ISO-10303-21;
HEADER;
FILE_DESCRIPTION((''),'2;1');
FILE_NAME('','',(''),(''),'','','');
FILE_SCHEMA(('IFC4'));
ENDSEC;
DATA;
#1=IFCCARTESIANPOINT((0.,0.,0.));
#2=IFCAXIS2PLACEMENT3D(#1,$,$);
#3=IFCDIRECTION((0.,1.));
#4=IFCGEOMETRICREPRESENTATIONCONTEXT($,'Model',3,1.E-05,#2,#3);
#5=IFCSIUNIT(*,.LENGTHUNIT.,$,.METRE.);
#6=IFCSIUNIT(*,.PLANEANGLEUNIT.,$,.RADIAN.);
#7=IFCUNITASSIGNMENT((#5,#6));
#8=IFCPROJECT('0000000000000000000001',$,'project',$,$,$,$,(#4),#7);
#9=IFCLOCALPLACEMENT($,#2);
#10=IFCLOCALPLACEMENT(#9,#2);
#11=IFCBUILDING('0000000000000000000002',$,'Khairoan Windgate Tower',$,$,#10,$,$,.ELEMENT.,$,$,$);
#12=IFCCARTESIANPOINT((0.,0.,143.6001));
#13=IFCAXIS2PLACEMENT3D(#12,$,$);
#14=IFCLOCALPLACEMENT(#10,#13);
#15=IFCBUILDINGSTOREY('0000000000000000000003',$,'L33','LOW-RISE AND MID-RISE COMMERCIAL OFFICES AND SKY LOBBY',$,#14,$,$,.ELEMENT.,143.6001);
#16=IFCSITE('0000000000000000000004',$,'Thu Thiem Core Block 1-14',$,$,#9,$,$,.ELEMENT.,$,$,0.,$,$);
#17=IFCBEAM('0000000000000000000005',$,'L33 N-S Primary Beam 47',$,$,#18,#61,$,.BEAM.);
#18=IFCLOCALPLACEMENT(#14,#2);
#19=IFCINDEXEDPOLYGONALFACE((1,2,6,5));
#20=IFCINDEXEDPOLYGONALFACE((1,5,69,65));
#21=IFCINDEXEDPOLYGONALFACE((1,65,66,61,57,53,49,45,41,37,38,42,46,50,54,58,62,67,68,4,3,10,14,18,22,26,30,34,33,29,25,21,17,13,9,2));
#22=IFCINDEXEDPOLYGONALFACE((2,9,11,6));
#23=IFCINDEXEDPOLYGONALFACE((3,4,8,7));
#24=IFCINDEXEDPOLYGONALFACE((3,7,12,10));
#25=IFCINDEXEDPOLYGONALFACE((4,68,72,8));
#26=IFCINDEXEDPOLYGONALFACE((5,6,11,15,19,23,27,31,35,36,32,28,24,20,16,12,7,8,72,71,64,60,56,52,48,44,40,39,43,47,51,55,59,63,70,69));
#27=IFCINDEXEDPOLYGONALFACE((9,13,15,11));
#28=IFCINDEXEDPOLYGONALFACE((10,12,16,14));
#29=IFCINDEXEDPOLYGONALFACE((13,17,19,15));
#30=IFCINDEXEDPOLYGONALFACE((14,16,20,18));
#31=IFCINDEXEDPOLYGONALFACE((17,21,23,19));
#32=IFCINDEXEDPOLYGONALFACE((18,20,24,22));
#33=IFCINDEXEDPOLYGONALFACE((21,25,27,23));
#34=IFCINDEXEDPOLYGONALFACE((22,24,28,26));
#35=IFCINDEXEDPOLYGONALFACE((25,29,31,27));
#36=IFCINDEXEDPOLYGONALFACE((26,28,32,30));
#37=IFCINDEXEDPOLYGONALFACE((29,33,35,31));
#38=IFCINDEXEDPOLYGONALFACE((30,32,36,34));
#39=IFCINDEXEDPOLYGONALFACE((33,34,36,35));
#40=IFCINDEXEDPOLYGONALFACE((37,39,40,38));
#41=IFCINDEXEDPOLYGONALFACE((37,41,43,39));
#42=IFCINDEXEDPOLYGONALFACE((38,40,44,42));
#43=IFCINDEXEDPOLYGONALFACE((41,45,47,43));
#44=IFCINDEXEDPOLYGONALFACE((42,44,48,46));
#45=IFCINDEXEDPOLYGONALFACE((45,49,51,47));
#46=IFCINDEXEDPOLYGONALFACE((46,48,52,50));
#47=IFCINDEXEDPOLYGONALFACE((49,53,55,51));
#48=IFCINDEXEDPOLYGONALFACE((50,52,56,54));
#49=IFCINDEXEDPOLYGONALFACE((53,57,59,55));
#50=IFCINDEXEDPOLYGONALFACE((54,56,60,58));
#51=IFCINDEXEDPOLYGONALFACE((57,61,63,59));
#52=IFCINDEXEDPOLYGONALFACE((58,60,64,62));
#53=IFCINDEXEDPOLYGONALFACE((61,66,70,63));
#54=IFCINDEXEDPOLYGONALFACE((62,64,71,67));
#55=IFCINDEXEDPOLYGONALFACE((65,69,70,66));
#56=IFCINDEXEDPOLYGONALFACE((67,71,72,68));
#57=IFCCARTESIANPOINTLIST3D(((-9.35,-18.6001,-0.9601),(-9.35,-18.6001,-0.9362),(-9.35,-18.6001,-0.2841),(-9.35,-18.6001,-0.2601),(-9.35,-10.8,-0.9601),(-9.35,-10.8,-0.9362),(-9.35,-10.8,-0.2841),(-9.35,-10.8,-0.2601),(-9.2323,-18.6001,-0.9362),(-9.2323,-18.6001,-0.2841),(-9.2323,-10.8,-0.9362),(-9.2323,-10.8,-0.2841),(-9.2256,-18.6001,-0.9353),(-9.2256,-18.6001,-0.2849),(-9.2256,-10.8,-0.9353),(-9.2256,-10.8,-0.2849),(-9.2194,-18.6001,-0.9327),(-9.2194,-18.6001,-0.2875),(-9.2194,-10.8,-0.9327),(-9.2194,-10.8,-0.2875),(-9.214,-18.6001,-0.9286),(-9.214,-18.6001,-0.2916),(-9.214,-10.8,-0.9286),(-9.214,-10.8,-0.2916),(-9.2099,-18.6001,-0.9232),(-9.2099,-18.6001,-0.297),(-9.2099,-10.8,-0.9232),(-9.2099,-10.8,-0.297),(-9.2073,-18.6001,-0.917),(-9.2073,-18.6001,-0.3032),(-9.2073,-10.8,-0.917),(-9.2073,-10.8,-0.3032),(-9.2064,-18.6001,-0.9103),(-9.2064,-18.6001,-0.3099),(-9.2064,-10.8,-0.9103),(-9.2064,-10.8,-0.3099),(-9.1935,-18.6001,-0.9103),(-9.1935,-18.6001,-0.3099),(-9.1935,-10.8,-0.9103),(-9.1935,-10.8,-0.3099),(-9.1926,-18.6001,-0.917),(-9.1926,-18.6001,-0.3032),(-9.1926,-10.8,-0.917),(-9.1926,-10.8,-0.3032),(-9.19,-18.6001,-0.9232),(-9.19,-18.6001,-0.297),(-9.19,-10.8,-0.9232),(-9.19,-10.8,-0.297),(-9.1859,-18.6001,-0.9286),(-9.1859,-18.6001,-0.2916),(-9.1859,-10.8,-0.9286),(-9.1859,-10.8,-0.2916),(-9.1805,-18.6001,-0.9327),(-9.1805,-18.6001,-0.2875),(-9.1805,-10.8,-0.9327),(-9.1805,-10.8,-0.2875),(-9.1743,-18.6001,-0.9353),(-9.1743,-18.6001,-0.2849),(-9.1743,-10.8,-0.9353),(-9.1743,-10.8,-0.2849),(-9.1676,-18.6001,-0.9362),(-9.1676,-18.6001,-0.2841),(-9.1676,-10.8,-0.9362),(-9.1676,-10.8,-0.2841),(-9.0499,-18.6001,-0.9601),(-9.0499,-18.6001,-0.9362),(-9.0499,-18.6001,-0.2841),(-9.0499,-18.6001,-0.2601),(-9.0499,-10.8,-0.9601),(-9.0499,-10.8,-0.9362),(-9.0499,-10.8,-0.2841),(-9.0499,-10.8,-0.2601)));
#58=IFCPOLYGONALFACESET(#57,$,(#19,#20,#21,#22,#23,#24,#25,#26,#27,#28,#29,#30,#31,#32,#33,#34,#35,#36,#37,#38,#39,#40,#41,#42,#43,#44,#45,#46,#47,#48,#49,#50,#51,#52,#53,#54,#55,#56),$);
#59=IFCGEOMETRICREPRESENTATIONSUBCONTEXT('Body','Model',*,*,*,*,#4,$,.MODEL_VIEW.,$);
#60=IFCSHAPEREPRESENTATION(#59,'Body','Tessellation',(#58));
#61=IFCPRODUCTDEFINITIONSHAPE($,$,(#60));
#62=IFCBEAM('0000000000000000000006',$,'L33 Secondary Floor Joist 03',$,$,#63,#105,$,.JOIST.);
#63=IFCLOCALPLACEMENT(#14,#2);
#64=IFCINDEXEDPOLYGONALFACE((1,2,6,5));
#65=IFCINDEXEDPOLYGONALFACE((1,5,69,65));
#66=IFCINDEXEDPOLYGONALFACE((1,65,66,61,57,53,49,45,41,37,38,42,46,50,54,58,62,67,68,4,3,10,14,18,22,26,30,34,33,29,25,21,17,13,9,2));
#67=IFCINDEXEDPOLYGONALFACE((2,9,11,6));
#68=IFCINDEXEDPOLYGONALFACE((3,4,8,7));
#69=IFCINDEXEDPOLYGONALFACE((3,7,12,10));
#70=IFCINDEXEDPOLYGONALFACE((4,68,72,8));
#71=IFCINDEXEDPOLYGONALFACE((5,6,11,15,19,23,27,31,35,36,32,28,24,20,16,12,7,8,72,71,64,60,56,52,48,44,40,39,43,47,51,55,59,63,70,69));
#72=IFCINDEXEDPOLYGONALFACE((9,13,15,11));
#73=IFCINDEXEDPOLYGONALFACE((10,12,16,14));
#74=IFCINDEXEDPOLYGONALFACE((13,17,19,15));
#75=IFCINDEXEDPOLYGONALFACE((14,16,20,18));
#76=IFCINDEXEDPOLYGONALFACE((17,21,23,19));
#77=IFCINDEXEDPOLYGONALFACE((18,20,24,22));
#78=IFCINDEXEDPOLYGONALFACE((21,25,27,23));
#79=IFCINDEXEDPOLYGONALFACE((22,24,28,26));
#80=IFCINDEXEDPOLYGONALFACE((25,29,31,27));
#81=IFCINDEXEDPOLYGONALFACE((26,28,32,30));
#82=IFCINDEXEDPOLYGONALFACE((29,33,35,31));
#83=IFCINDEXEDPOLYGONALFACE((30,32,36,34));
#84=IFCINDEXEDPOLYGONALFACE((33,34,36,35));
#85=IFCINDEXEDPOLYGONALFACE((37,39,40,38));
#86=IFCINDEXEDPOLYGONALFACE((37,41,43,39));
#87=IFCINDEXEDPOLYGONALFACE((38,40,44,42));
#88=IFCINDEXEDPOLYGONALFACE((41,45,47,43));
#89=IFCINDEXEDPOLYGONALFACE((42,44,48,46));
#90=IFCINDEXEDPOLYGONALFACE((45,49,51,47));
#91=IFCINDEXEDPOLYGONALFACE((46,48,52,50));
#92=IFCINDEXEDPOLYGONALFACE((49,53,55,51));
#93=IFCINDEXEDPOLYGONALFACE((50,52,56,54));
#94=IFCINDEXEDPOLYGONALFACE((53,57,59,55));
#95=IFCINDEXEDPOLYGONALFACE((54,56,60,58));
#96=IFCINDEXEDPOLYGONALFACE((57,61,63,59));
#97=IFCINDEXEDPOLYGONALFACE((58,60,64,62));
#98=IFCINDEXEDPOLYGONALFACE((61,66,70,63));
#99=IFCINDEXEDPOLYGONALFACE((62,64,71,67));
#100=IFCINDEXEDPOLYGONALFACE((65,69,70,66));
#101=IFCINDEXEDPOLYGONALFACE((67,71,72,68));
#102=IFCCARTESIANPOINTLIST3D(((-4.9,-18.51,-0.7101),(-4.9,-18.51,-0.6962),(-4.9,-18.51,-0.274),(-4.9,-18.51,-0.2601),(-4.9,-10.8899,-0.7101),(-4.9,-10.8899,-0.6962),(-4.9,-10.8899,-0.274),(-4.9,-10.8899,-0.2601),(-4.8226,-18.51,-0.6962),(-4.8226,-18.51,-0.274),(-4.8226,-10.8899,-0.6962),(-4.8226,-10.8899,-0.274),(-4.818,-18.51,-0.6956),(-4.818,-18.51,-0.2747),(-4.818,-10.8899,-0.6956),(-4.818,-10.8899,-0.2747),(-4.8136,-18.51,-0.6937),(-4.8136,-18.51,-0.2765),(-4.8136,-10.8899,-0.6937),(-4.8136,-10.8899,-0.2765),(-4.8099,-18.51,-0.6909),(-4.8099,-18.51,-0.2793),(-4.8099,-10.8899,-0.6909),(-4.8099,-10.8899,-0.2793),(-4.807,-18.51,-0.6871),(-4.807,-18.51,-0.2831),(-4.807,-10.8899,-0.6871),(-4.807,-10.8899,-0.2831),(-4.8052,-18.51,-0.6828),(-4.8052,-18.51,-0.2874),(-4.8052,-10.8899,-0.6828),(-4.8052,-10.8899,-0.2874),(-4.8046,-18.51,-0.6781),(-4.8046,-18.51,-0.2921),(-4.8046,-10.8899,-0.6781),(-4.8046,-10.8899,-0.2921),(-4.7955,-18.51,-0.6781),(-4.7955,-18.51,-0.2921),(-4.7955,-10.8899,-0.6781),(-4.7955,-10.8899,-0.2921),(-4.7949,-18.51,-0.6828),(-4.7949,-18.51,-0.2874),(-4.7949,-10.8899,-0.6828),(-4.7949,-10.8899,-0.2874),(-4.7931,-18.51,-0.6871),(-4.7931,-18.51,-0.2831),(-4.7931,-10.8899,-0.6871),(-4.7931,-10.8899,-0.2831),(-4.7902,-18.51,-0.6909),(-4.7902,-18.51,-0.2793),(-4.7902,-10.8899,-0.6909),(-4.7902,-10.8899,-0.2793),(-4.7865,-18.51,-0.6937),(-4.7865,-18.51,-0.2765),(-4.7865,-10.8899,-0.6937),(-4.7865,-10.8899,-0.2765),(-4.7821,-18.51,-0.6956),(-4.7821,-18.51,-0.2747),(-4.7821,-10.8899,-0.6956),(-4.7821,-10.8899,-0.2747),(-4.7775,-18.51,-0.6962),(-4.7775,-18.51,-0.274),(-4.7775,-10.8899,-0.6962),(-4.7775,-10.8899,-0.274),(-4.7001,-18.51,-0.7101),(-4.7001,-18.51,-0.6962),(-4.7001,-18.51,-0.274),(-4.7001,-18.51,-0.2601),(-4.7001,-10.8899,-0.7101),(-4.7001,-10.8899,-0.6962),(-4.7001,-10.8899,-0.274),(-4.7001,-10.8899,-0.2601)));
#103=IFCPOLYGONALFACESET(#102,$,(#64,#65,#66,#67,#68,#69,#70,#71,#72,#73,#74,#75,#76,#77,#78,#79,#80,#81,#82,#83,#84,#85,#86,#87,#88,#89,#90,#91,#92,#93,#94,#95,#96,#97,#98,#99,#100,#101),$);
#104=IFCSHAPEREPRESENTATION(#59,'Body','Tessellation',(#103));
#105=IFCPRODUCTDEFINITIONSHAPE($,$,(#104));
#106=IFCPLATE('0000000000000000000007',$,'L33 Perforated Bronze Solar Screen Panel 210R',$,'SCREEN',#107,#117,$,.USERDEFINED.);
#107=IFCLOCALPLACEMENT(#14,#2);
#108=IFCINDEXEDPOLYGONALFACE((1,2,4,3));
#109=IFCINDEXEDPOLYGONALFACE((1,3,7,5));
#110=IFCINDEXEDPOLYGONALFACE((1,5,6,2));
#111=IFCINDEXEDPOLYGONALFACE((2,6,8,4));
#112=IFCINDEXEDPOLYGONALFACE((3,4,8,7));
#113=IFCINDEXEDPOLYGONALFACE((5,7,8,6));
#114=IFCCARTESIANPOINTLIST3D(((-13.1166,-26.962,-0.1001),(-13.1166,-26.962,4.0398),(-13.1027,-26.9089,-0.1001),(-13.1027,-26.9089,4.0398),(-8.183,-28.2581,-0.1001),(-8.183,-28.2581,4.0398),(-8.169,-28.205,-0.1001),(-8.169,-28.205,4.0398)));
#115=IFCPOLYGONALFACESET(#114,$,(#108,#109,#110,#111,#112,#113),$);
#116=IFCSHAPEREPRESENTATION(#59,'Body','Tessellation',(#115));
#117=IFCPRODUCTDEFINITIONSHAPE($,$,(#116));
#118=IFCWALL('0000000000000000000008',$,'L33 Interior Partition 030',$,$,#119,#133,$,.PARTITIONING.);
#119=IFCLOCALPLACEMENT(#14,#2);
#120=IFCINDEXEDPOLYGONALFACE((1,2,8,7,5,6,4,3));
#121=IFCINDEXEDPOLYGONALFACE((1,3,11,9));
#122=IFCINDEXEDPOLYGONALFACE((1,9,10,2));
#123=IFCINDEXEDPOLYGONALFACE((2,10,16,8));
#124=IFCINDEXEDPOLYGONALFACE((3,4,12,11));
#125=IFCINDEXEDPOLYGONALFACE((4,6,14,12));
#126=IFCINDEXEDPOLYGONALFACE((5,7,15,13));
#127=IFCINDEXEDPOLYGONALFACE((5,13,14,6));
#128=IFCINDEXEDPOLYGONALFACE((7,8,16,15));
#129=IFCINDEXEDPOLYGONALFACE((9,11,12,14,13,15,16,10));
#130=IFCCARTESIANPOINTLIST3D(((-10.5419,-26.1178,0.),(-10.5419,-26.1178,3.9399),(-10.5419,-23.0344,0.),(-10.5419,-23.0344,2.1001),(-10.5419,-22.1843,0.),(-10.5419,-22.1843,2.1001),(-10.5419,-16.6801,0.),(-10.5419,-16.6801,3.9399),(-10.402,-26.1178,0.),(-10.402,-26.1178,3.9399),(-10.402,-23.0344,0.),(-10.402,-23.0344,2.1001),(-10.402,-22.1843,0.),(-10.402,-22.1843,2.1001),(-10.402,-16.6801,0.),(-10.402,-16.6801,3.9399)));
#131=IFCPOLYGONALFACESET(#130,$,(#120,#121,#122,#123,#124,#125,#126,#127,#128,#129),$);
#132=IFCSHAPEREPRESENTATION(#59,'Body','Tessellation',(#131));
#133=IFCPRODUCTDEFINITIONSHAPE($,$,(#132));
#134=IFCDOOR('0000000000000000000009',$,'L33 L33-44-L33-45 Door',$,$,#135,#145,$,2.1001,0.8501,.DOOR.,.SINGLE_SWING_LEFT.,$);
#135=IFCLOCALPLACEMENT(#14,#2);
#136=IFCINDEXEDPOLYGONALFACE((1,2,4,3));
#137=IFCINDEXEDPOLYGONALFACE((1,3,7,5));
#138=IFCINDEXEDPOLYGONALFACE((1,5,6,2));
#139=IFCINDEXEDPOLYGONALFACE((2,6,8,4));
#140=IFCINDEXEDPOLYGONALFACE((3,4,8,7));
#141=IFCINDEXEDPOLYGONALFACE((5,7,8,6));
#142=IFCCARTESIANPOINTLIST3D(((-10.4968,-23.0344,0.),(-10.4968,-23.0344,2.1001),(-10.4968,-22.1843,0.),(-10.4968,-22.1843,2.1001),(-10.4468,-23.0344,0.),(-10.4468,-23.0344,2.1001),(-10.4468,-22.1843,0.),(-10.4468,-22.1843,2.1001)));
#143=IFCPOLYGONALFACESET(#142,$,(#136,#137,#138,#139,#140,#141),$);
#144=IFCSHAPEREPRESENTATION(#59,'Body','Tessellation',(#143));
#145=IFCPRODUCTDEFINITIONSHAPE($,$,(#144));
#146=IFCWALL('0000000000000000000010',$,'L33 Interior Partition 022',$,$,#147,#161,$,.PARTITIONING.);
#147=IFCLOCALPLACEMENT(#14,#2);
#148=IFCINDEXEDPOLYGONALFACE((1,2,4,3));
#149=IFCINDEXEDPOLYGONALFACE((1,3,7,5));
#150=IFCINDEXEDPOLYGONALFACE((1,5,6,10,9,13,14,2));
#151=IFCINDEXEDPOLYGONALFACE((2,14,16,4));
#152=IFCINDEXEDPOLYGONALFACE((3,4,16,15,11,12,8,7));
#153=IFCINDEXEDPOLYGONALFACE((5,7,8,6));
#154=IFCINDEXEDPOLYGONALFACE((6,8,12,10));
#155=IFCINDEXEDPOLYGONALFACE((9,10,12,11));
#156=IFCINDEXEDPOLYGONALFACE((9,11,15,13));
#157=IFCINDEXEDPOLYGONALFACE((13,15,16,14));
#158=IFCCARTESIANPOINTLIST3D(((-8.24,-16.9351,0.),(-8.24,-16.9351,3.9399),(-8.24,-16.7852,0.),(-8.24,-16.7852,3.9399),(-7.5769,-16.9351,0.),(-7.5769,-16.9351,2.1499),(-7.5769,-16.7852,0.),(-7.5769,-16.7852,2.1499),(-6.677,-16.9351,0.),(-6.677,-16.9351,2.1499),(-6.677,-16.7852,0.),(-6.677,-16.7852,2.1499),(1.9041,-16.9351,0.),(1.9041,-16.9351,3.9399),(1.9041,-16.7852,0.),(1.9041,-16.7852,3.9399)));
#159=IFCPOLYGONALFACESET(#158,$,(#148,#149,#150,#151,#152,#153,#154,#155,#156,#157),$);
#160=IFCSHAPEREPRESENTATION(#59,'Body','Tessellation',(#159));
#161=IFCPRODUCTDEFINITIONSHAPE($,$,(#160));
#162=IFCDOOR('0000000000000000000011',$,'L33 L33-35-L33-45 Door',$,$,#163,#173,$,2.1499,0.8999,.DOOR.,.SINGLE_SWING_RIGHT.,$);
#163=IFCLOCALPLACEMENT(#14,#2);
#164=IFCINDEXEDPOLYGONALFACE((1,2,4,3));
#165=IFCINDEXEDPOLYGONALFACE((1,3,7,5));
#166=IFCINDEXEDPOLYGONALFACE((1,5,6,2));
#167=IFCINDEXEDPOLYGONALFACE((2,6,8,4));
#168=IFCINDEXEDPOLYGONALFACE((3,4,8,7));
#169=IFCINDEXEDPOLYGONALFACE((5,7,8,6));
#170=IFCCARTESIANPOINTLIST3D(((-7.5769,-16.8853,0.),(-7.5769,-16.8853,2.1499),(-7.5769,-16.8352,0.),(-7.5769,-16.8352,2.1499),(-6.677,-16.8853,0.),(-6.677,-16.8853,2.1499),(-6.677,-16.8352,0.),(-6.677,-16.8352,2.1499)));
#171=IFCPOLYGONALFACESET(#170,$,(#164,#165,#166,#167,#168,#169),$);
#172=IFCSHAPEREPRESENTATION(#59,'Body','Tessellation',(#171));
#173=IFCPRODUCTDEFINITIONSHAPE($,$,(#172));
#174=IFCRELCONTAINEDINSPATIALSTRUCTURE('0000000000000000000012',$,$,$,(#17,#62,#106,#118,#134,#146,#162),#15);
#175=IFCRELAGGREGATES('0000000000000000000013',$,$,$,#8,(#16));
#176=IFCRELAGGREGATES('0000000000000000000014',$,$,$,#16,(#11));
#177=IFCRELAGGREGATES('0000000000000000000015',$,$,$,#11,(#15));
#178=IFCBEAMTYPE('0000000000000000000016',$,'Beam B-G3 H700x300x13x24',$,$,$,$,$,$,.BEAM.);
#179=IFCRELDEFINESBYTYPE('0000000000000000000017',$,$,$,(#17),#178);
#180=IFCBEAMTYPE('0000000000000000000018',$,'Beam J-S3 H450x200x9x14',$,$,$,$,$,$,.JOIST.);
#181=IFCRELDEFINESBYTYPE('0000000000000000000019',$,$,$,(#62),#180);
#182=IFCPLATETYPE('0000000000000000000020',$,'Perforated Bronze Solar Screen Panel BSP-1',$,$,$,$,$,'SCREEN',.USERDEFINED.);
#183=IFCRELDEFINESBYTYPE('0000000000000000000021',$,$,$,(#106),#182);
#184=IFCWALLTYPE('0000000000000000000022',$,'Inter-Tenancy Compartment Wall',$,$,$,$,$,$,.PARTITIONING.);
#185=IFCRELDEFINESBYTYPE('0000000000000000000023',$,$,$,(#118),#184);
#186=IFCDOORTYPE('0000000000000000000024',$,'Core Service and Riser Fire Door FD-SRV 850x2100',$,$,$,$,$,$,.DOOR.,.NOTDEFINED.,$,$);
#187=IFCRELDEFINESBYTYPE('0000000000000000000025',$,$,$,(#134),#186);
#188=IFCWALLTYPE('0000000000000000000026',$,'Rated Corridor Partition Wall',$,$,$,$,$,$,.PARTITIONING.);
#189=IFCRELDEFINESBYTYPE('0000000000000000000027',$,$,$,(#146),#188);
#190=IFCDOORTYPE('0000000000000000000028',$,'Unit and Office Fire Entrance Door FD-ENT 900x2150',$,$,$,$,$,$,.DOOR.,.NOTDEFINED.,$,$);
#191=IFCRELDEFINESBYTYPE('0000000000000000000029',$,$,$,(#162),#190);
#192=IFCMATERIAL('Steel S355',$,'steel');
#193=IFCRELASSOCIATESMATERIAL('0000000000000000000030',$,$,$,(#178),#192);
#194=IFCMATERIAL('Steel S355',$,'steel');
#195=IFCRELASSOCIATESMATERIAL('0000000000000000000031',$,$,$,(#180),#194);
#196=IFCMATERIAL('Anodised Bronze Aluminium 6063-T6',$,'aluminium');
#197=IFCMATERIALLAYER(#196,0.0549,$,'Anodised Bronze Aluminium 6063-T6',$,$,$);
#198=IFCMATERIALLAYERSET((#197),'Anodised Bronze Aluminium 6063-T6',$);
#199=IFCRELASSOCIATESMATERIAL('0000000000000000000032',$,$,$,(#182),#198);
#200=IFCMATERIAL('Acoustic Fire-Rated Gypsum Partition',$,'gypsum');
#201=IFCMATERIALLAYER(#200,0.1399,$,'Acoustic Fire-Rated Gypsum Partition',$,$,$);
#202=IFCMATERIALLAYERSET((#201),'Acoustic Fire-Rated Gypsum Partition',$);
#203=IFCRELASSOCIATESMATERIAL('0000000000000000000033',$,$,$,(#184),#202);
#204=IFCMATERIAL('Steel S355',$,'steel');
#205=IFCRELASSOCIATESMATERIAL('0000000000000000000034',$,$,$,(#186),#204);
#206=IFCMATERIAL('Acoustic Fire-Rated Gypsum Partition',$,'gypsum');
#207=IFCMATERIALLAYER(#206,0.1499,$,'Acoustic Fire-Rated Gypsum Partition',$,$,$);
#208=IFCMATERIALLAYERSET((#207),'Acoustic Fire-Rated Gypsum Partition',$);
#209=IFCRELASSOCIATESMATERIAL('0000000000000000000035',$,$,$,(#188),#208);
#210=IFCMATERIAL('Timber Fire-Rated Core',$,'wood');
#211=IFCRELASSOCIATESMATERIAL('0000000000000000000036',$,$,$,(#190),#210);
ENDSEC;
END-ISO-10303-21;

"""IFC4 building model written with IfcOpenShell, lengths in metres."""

from ifc_helpers import new_model, si_unit, direction, frame, frame_2d, origin, origin_2d, place, context, subcontext, project, spatial, rectangle, i_section, extrude, material, layer, layer_set, material_profile, profile_set, type_object, element, fill, save


model = new_model("IFC4")

# Units and contexts
model_context = context("Model", 3, precision=1e-05, world=origin(), true_north=direction((0.0, 1.0)))
body_context = subcontext(model_context, "Body", "Model", "MODEL_VIEW")
ifc_project = project(units=[si_unit("LENGTHUNIT", "METRE"), si_unit("PLANEANGLEUNIT", "RADIAN")], contexts=[model_context])

# Site, building, storey
site_placement = place(None, origin())
site = spatial("IfcSite", under=ifc_project, at=site_placement, Name="Thu Thiem Core Block 1-14", CompositionType="ELEMENT", RefElevation=0.0)
building_placement = place(site_placement, origin())
building = spatial("IfcBuilding", under=site, at=building_placement, Name="Khairoan Windgate Tower", CompositionType="ELEMENT")
storey_placement = place(building_placement, frame((0.0, 0.0, 143.6001)))
storey = spatial("IfcBuildingStorey", under=building, at=storey_placement, Name="L33", Description="LOW-RISE AND MID-RISE COMMERCIAL OFFICES AND SKY LOBBY", CompositionType="ELEMENT", Elevation=143.6001)

# Beams
ifc_material_1 = material(Name="Steel S355", Category="steel")
ifc_material_profile_1 = material_profile(ifc_material_1, i_section(OverallWidth=0.3, OverallDepth=0.7, WebThickness=0.0129, FlangeThickness=0.0239, FilletRadius=0.0259, at=origin_2d()))
ifc_profile_set_1 = profile_set([ifc_material_profile_1], Name="Steel S355")
beam_type_1 = type_object("IfcBeamType", Name="Beam B-G3 H700x300x13x24", PredefinedType="BEAM", material=ifc_profile_set_1)
beam_1_placement = place(storey_placement, frame((-9.2, -18.6001, -0.6101), z_axis=(0.0, 1.0, 0.0), x_axis=(-1.0, 0.0, 0.0)))
element("IfcBeam", 1, at=beam_1_placement, inside=storey, type_object=beam_type_1, Name="L33 N-S Primary Beam 47", PredefinedType="BEAM", context=body_context, shape_type="SweptSolid", body=[
    extrude(i_section(OverallWidth=0.3, OverallDepth=0.7, WebThickness=0.0129, FlangeThickness=0.0239, FilletRadius=0.0259, at=origin_2d()), origin(), (0.0, 0.0, 1.0), 7.8),
])
ifc_material_2 = material(Name="Steel S355", Category="steel")
ifc_material_profile_2 = material_profile(ifc_material_2, i_section(OverallWidth=0.2, OverallDepth=0.45, WebThickness=0.009, FlangeThickness=0.0139, FilletRadius=0.0181, at=origin_2d()))
ifc_profile_set_2 = profile_set([ifc_material_profile_2], Name="Steel S355")
beam_type_2 = type_object("IfcBeamType", Name="Beam J-S3 H450x200x9x14", PredefinedType="JOIST", material=ifc_profile_set_2)
beam_2_placement = place(storey_placement, frame((-4.8, -18.51, -0.4851), z_axis=(0.0, 1.0, 0.0), x_axis=(-1.0, 0.0, 0.0)))
element("IfcBeam", 2, at=beam_2_placement, inside=storey, type_object=beam_type_2, Name="L33 Secondary Floor Joist 03", PredefinedType="JOIST", context=body_context, shape_type="SweptSolid", body=[
    extrude(i_section(OverallWidth=0.2, OverallDepth=0.45, WebThickness=0.009, FlangeThickness=0.0139, FilletRadius=0.0181, at=origin_2d()), origin(), (0.0, 0.0, 1.0), 7.6201),
])

# Plate
ifc_material_3 = material(Name="Anodised Bronze Aluminium 6063-T6", Category="aluminium")
ifc_layer_1 = layer(ifc_material_3, 0.0549, Name="Anodised Bronze Aluminium 6063-T6")
ifc_layer_set_1 = layer_set([ifc_layer_1], Name="Anodised Bronze Aluminium 6063-T6")
plate_type = type_object("IfcPlateType", Name="Perforated Bronze Solar Screen Panel BSP-1", ElementType="SCREEN", PredefinedType="USERDEFINED", material=ifc_layer_set_1)
plate_placement = place(storey_placement, frame((-10.6428, -27.5835, -0.1001), z_axis=(0.0, 0.0, 1.0), x_axis=(-0.967179, 0.254096, 0.0)))
element("IfcPlate", 3, at=plate_placement, inside=storey, type_object=plate_type, Name="L33 Perforated Bronze Solar Screen Panel 210R", ObjectType="SCREEN", PredefinedType="USERDEFINED", context=body_context, shape_type="SweptSolid", body=[
    extrude(rectangle(XDim=5.1011, YDim=0.0549, at=origin_2d()), origin(), (0.0, 0.0, 1.0), 4.1399),
])

# Walls, openings, doors
ifc_material_4 = material(Name="Acoustic Fire-Rated Gypsum Partition", Category="gypsum")
ifc_layer_2 = layer(ifc_material_4, 0.1399, Name="Acoustic Fire-Rated Gypsum Partition")
ifc_layer_set_2 = layer_set([ifc_layer_2], Name="Acoustic Fire-Rated Gypsum Partition")
wall_type_1 = type_object("IfcWallType", Name="Inter-Tenancy Compartment Wall", PredefinedType="PARTITIONING", material=ifc_layer_set_2)
wall_1_placement = place(storey_placement, frame((-10.4719, -26.1177, 0.0), z_axis=(0.0, 0.0, 1.0), x_axis=(0.0, 1.0, 0.0)))
wall_1 = element("IfcWall", 4, at=wall_1_placement, inside=storey, type_object=wall_type_1, Name="L33 Interior Partition 030", PredefinedType="PARTITIONING", context=body_context, shape_type="SweptSolid", body=[
    extrude(rectangle(XDim=9.4377, YDim=0.1399, at=frame_2d((4.7188, 0.0))), origin(), (0.0, 0.0, 1.0), 3.9399),
])
opening_1_placement = place(wall_1_placement, frame((3.0833, 0.0, 0.0)))
opening_1 = element("IfcOpeningElement", 5, at=opening_1_placement, cuts=wall_1, PredefinedType="OPENING", context=body_context, shape_type="SweptSolid", body=[
    extrude(rectangle(XDim=0.8501, YDim=2.1001, at=frame_2d((0.425, 1.05))), frame((0.0, 0.0798, 0.0), z_axis=(0.0, -1.0, 0.0), x_axis=(1.0, 0.0, 0.0)), (0.0, 0.0, 1.0), 0.1599),
])
ifc_material_5 = material(Name="Steel S355", Category="steel")
door_type_1 = type_object("IfcDoorType", Name="Core Service and Riser Fire Door FD-SRV 850x2100", OperationType="NOTDEFINED", PredefinedType="DOOR", material=ifc_material_5)
door_1_placement = place(opening_1_placement, origin())
door_1 = element("IfcDoor", 6, at=door_1_placement, inside=storey, type_object=door_type_1, Name="L33 L33-44-L33-45 Door", OperationType="SINGLE_SWING_LEFT", OverallHeight=2.1001, OverallWidth=0.8501, PredefinedType="DOOR", context=body_context, shape_type="SweptSolid", body=[
    extrude(rectangle(XDim=0.8501, YDim=2.1001, at=frame_2d((0.425, 1.05))), frame((0.0, 0.0249, 0.0), z_axis=(0.0, -1.0, 0.0), x_axis=(1.0, 0.0, 0.0)), (0.0, 0.0, 1.0), 0.05),
])
fill(opening_1, door_1)
ifc_material_6 = material(Name="Acoustic Fire-Rated Gypsum Partition", Category="gypsum")
ifc_layer_3 = layer(ifc_material_6, 0.1499, Name="Acoustic Fire-Rated Gypsum Partition")
ifc_layer_set_3 = layer_set([ifc_layer_3], Name="Acoustic Fire-Rated Gypsum Partition")
wall_type_2 = type_object("IfcWallType", Name="Rated Corridor Partition Wall", PredefinedType="PARTITIONING", material=ifc_layer_set_3)
wall_2_placement = place(storey_placement, frame((-8.24, -16.8601, 0.0), z_axis=(0.0, 0.0, 1.0), x_axis=(1.0, 0.0, 0.0)))
wall_2 = element("IfcWall", 7, at=wall_2_placement, inside=storey, type_object=wall_type_2, Name="L33 Interior Partition 022", PredefinedType="PARTITIONING", context=body_context, shape_type="SweptSolid", body=[
    extrude(rectangle(XDim=10.144, YDim=0.1499, at=frame_2d((5.072, 0.0))), origin(), (0.0, 0.0, 1.0), 3.9399),
])
opening_2_placement = place(wall_2_placement, frame((0.6631, 0.0, 0.0)))
opening_2 = element("IfcOpeningElement", 8, at=opening_2_placement, cuts=wall_2, PredefinedType="OPENING", context=body_context, shape_type="SweptSolid", body=[
    extrude(rectangle(XDim=0.8999, YDim=2.1499, at=frame_2d((0.45, 1.075))), frame((0.0, 0.085, 0.0), z_axis=(0.0, -1.0, 0.0), x_axis=(1.0, 0.0, 0.0)), (0.0, 0.0, 1.0), 0.1699),
])
ifc_material_7 = material(Name="Timber Fire-Rated Core", Category="wood")
door_type_2 = type_object("IfcDoorType", Name="Unit and Office Fire Entrance Door FD-ENT 900x2150", OperationType="NOTDEFINED", PredefinedType="DOOR", material=ifc_material_7)
door_2_placement = place(opening_2_placement, origin())
door_2 = element("IfcDoor", 9, at=door_2_placement, inside=storey, type_object=door_type_2, Name="L33 L33-35-L33-45 Door", OperationType="SINGLE_SWING_RIGHT", OverallHeight=2.1499, OverallWidth=0.8999, PredefinedType="DOOR", context=body_context, shape_type="SweptSolid", body=[
    extrude(rectangle(XDim=0.8999, YDim=2.1499, at=frame_2d((0.45, 1.075))), frame((0.0, 0.0249, 0.0), z_axis=(0.0, -1.0, 0.0), x_axis=(1.0, 0.0, 0.0)), (0.0, 0.0, 1.0), 0.05),
])
fill(opening_2, door_2)

save(model, "model.ifc")
